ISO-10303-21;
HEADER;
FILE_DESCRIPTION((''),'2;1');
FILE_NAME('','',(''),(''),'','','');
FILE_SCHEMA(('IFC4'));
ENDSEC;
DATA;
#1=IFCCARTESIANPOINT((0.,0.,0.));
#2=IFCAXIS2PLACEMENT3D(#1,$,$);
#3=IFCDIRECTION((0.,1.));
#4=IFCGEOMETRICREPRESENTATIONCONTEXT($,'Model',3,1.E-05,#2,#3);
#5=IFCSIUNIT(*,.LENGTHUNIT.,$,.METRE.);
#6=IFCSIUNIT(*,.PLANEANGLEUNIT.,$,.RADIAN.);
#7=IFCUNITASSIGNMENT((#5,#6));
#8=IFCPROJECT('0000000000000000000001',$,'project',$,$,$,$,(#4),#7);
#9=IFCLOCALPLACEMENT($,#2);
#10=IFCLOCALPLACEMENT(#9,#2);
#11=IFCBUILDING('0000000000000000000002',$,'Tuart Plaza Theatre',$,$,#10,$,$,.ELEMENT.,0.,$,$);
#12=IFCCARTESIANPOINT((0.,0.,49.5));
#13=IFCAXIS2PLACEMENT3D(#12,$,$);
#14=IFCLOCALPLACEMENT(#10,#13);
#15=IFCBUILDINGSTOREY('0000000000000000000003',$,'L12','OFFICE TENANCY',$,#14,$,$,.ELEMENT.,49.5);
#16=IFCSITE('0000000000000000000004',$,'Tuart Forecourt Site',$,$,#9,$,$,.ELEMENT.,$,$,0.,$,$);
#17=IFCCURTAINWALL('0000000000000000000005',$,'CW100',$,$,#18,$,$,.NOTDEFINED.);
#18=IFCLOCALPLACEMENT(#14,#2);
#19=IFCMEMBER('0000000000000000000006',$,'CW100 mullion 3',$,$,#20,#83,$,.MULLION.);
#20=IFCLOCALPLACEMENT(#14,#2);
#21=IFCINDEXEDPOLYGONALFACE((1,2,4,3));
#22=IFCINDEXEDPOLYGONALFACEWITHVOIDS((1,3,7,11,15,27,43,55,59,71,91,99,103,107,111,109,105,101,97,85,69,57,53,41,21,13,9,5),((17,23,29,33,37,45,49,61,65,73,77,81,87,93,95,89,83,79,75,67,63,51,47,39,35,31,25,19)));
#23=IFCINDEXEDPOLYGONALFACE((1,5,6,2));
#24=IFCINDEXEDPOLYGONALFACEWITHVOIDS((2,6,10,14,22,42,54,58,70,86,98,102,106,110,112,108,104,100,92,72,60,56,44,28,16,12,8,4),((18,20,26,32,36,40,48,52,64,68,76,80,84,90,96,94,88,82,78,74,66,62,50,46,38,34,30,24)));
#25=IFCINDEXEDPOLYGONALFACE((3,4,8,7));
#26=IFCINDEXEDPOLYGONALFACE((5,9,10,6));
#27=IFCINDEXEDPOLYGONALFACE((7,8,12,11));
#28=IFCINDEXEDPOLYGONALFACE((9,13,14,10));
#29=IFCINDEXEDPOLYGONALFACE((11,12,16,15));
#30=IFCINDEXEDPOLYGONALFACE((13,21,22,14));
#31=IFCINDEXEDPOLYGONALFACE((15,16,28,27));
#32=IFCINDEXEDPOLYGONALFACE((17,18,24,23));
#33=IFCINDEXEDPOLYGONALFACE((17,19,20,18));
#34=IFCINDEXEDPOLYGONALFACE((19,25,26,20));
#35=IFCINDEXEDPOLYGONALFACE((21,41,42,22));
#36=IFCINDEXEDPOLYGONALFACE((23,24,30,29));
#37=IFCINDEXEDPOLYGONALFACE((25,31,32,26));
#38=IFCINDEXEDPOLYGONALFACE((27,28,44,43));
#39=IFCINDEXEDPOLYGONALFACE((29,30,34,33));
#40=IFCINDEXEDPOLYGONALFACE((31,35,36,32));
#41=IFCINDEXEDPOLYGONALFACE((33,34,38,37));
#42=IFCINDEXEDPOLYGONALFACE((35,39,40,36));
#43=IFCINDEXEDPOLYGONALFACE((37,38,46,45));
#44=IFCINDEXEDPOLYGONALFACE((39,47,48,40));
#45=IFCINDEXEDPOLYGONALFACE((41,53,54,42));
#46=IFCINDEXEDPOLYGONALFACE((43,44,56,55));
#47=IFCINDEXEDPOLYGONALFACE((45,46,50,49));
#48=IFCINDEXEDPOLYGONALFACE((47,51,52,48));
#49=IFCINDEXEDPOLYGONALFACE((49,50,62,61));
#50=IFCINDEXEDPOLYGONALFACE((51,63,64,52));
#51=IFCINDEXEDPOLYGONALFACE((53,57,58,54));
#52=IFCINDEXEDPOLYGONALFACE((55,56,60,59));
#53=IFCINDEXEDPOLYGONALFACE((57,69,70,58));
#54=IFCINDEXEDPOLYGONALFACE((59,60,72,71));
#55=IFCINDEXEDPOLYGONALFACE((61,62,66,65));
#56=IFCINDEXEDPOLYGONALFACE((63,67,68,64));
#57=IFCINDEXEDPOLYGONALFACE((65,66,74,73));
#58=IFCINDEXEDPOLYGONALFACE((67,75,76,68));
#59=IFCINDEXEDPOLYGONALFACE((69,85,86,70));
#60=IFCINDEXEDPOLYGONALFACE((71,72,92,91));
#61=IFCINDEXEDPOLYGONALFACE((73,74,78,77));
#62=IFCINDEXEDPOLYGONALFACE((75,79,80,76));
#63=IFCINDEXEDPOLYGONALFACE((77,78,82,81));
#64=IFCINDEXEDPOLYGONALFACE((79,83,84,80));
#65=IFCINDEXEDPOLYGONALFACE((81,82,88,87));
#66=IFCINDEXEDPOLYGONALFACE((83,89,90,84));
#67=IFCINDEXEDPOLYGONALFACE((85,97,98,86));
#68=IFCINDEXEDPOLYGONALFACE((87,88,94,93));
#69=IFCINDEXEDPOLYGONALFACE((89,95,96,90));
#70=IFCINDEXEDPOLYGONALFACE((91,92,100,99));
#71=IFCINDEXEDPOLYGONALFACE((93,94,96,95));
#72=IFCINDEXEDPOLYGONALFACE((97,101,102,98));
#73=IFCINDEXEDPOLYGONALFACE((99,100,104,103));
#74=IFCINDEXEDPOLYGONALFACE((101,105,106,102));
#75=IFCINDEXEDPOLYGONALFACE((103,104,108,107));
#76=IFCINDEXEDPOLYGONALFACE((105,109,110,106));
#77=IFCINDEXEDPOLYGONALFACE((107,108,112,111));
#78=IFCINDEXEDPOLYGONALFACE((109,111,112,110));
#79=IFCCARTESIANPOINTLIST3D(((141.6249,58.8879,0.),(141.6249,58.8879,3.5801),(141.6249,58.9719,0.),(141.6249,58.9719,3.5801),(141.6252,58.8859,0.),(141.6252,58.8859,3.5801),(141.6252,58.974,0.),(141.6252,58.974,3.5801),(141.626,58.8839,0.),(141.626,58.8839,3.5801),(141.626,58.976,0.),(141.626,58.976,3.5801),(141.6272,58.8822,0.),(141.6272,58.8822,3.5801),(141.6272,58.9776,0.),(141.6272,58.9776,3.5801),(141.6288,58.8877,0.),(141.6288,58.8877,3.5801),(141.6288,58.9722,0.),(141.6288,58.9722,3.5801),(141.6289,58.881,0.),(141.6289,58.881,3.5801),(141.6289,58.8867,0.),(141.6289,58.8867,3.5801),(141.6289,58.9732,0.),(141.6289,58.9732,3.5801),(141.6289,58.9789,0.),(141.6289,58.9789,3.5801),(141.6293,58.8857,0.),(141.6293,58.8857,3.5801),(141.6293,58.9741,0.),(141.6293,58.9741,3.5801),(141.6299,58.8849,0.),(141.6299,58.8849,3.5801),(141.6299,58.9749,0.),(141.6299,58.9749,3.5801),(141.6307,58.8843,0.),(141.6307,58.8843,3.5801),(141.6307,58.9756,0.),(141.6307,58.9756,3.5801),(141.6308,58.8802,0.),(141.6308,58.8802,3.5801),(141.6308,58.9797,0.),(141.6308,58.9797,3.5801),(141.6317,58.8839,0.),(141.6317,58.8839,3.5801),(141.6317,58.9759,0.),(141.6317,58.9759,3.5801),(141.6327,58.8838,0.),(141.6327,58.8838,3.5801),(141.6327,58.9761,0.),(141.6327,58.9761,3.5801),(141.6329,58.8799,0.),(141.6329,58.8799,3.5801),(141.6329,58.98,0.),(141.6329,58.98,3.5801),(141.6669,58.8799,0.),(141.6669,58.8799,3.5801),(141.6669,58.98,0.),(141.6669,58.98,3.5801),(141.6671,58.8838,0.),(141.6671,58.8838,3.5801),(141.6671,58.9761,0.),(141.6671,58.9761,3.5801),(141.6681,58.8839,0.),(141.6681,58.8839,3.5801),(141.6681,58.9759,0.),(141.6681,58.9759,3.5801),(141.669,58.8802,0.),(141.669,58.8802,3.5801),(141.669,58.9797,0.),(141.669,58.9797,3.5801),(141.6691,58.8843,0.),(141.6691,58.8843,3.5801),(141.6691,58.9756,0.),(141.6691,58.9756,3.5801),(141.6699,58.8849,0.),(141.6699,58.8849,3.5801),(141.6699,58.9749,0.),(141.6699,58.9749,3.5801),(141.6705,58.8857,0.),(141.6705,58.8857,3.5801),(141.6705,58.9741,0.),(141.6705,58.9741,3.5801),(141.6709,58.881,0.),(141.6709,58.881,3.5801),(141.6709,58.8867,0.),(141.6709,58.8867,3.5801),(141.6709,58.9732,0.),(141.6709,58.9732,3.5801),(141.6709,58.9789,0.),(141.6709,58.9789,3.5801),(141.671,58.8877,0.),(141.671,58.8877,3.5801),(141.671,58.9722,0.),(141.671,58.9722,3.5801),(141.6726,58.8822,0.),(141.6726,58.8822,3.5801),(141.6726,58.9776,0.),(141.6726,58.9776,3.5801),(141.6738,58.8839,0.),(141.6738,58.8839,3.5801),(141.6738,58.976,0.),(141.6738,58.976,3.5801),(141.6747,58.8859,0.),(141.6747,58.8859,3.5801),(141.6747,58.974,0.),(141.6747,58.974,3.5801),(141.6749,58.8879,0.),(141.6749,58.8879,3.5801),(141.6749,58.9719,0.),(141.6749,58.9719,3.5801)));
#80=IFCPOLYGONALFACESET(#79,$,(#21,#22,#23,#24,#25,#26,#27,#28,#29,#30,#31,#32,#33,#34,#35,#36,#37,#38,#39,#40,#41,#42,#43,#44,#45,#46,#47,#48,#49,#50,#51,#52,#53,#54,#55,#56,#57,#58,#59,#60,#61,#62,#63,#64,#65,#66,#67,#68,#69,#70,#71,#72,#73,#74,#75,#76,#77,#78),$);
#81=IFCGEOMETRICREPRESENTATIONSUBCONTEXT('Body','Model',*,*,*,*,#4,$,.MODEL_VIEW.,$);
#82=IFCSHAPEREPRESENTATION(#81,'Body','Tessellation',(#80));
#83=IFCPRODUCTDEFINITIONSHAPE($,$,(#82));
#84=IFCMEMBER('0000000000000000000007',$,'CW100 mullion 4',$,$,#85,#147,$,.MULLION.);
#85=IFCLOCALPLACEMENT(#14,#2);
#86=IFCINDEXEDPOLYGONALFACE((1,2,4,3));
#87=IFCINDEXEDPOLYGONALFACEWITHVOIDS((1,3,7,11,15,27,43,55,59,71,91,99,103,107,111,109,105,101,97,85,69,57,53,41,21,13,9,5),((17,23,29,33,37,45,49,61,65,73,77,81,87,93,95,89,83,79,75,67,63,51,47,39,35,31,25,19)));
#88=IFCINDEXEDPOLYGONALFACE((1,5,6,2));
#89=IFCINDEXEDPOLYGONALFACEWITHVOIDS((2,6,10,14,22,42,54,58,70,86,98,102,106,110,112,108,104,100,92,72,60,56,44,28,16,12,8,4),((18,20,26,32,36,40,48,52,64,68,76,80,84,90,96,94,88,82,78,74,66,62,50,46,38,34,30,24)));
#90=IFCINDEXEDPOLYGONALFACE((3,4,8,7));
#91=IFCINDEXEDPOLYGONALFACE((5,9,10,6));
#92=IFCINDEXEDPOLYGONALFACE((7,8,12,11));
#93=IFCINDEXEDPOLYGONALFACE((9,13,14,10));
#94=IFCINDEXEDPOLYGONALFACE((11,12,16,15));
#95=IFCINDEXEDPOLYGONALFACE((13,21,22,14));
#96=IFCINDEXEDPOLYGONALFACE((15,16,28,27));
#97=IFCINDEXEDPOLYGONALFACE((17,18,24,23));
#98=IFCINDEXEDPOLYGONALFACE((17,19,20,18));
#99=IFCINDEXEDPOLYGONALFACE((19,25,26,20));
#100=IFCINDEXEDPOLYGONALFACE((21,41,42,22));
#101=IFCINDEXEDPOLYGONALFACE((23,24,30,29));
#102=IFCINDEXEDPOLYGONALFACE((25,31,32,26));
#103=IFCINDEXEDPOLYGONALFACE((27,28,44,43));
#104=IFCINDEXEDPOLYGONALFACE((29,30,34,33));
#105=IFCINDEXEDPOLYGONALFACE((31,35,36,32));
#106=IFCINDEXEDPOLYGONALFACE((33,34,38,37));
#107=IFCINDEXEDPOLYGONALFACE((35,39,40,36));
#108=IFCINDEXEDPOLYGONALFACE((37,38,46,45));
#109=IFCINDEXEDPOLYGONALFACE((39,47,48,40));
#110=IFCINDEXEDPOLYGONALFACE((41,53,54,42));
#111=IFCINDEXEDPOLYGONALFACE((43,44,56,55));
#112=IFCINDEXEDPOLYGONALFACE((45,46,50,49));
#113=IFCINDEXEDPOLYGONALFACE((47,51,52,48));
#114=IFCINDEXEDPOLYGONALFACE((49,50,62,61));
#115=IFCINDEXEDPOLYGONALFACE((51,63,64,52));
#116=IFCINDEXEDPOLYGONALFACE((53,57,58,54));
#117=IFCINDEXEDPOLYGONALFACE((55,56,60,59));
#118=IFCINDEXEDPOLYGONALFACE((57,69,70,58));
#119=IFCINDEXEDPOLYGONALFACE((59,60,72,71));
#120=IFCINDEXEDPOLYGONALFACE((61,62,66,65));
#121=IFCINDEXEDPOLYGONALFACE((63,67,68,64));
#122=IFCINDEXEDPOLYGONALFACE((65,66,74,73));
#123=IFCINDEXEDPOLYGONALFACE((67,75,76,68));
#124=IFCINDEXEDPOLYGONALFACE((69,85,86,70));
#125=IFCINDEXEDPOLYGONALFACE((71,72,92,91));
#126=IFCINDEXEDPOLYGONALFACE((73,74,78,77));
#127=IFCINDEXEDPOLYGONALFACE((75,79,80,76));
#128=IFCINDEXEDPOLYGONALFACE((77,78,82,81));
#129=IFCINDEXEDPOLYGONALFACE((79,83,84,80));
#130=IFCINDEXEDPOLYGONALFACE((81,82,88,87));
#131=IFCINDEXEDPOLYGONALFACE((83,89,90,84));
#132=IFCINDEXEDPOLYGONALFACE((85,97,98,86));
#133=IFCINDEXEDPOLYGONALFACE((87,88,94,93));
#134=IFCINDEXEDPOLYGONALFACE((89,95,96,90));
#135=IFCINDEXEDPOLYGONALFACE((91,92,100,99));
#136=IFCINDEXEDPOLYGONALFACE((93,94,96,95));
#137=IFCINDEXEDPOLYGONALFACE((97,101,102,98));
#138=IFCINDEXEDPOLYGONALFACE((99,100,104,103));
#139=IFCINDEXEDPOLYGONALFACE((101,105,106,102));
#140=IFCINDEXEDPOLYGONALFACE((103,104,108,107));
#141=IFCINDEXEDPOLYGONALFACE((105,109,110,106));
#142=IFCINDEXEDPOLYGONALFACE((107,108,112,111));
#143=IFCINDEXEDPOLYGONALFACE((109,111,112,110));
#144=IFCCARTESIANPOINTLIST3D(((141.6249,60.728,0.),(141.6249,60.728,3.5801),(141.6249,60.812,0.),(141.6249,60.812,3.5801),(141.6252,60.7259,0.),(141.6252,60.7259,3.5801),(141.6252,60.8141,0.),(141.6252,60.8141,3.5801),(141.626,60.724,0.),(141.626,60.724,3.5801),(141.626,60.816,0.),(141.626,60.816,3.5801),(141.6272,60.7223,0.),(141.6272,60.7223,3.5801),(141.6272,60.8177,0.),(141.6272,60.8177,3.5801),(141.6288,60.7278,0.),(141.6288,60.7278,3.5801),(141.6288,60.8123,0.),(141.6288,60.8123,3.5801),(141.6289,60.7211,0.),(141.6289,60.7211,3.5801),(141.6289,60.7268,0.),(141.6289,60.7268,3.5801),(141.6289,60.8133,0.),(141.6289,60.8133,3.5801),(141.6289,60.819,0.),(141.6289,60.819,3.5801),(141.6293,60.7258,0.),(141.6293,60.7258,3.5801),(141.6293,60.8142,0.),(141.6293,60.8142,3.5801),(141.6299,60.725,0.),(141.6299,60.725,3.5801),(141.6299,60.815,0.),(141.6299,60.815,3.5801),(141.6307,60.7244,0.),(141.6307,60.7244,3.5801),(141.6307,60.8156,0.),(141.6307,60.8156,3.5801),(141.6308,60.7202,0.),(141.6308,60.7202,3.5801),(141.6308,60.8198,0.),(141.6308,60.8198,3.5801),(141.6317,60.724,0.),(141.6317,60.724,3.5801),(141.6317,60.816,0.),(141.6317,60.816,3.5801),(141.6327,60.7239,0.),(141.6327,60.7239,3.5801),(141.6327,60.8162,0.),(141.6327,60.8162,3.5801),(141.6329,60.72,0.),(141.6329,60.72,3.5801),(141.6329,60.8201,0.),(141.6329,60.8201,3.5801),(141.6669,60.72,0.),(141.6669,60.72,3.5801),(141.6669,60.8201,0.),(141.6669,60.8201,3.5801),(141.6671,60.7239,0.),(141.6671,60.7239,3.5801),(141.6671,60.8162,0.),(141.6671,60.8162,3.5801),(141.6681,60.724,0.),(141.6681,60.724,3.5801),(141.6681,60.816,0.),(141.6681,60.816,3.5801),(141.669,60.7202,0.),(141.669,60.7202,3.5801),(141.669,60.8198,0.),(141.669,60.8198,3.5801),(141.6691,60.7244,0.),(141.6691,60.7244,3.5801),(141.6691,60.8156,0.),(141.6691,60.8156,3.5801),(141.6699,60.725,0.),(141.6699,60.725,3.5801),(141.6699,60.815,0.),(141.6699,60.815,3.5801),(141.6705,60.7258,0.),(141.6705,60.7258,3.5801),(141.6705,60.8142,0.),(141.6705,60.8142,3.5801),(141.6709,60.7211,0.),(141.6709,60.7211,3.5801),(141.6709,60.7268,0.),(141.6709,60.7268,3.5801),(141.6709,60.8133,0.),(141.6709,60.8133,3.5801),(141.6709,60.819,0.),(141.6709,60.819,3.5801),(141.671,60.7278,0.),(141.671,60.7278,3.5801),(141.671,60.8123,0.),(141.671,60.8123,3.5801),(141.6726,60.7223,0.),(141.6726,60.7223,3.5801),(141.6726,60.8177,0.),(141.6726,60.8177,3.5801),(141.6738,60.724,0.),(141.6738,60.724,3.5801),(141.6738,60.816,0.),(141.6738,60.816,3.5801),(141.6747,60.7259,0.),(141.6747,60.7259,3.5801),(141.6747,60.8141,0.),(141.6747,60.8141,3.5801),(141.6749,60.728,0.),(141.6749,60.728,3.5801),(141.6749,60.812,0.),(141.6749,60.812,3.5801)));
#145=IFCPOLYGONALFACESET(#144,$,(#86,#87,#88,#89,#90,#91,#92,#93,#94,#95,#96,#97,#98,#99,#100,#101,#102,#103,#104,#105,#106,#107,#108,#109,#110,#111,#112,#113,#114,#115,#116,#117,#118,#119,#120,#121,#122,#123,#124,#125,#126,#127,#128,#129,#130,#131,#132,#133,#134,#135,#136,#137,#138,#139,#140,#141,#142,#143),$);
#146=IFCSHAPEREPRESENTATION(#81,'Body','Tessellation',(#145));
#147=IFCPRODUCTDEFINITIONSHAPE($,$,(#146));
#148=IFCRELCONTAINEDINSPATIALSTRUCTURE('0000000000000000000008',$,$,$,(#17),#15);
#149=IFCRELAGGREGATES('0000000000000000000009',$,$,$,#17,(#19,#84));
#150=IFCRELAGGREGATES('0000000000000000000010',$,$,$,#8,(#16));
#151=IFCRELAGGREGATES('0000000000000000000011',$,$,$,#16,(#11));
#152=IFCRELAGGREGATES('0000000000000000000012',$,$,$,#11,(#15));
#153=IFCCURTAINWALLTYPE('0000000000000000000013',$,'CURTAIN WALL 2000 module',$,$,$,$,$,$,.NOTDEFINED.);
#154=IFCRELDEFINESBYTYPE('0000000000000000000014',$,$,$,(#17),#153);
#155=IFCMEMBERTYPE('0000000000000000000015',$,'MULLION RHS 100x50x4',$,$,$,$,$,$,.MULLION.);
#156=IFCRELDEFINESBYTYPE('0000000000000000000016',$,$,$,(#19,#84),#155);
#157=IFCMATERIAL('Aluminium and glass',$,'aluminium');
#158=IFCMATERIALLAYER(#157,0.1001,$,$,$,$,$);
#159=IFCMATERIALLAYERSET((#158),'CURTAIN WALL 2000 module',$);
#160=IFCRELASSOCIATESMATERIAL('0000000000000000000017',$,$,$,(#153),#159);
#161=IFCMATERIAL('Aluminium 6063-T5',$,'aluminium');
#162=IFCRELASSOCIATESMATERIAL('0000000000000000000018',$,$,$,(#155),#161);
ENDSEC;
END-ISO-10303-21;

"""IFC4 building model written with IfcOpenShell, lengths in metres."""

from ifc_helpers import new_model, si_unit, direction, frame, origin, origin_2d, place, context, subcontext, project, spatial, hollow_rectangle, extrude, material, layer, layer_set, material_profile, profile_set, type_object, element, aggregate, save


model = new_model("IFC4")

# Units and contexts
model_context = context("Model", 3, precision=1e-05, world=origin(), true_north=direction((0.0, 1.0)))
body_context = subcontext(model_context, "Body", "Model", "MODEL_VIEW")
ifc_project = project(units=[si_unit("LENGTHUNIT", "METRE"), si_unit("PLANEANGLEUNIT", "RADIAN")], contexts=[model_context])

# Site, building, storey
site_placement = place(None, origin())
site = spatial("IfcSite", under=ifc_project, at=site_placement, Name="Tuart Forecourt Site", CompositionType="ELEMENT", RefElevation=0.0)
building_placement = place(site_placement, origin())
building = spatial("IfcBuilding", under=site, at=building_placement, Name="Tuart Plaza Theatre", CompositionType="ELEMENT", ElevationOfRefHeight=0.0)
storey_placement = place(building_placement, frame((0.0, 0.0, 49.5)))
storey = spatial("IfcBuildingStorey", under=building, at=storey_placement, Name="L12", Description="OFFICE TENANCY", CompositionType="ELEMENT", Elevation=49.5)

# Curtain wall, members
ifc_material_1 = material(Name="Aluminium and glass", Category="aluminium")
ifc_layer_1 = layer(ifc_material_1, 0.1001)
ifc_layer_set_1 = layer_set([ifc_layer_1], Name="CURTAIN WALL 2000 module")
curtain_wall_type = type_object("IfcCurtainWallType", Name="CURTAIN WALL 2000 module", PredefinedType="NOTDEFINED", material=ifc_layer_set_1)
curtain_wall_1_placement = place(storey_placement, origin())
curtain_wall_1 = element("IfcCurtainWall", 1, at=curtain_wall_1_placement, inside=storey, type_object=curtain_wall_type, Name="CW100", PredefinedType="NOTDEFINED")
ifc_material_2 = material(Name="Aluminium 6063-T5", Category="aluminium")
ifc_material_profile_1 = material_profile(ifc_material_2, hollow_rectangle(XDim=0.05, YDim=0.1001, WallThickness=0.0039, InnerFilletRadius=0.0039, OuterFilletRadius=0.0081, at=origin_2d()), Name="RHS 100x50x4")
ifc_profile_set_1 = profile_set([ifc_material_profile_1], Name="Aluminium 6063-T5")
member_type_1 = type_object("IfcMemberType", Name="MULLION RHS 100x50x4", PredefinedType="MULLION", material=ifc_profile_set_1)
member_1_placement = place(storey_placement, frame((141.6499, 58.9299, 0.0), z_axis=(0.0, 0.0, 1.0), x_axis=(-1.0, 0.0, 0.0)))
member_1 = element("IfcMember", 2, at=member_1_placement, type_object=member_type_1, Name="CW100 mullion 3", PredefinedType="MULLION", context=body_context, shape_type="SweptSolid", body=[
    extrude(hollow_rectangle(XDim=0.05, YDim=0.1001, WallThickness=0.0039, InnerFilletRadius=0.0039, OuterFilletRadius=0.0081, at=origin_2d()), origin(), (0.0, 0.0, 1.0), 3.5801),
])
member_2_placement = place(storey_placement, frame((141.6499, 60.77, 0.0), z_axis=(0.0, 0.0, 1.0), x_axis=(-1.0, 0.0, 0.0)))
member_2 = element("IfcMember", 3, at=member_2_placement, type_object=member_type_1, Name="CW100 mullion 4", PredefinedType="MULLION", context=body_context, shape_type="SweptSolid", body=[
    extrude(hollow_rectangle(XDim=0.05, YDim=0.1001, WallThickness=0.0039, InnerFilletRadius=0.0039, OuterFilletRadius=0.0081, at=origin_2d()), origin(), (0.0, 0.0, 1.0), 3.5801),
])

aggregate(curtain_wall_1, [member_1, member_2])

save(model, "model.ifc")
